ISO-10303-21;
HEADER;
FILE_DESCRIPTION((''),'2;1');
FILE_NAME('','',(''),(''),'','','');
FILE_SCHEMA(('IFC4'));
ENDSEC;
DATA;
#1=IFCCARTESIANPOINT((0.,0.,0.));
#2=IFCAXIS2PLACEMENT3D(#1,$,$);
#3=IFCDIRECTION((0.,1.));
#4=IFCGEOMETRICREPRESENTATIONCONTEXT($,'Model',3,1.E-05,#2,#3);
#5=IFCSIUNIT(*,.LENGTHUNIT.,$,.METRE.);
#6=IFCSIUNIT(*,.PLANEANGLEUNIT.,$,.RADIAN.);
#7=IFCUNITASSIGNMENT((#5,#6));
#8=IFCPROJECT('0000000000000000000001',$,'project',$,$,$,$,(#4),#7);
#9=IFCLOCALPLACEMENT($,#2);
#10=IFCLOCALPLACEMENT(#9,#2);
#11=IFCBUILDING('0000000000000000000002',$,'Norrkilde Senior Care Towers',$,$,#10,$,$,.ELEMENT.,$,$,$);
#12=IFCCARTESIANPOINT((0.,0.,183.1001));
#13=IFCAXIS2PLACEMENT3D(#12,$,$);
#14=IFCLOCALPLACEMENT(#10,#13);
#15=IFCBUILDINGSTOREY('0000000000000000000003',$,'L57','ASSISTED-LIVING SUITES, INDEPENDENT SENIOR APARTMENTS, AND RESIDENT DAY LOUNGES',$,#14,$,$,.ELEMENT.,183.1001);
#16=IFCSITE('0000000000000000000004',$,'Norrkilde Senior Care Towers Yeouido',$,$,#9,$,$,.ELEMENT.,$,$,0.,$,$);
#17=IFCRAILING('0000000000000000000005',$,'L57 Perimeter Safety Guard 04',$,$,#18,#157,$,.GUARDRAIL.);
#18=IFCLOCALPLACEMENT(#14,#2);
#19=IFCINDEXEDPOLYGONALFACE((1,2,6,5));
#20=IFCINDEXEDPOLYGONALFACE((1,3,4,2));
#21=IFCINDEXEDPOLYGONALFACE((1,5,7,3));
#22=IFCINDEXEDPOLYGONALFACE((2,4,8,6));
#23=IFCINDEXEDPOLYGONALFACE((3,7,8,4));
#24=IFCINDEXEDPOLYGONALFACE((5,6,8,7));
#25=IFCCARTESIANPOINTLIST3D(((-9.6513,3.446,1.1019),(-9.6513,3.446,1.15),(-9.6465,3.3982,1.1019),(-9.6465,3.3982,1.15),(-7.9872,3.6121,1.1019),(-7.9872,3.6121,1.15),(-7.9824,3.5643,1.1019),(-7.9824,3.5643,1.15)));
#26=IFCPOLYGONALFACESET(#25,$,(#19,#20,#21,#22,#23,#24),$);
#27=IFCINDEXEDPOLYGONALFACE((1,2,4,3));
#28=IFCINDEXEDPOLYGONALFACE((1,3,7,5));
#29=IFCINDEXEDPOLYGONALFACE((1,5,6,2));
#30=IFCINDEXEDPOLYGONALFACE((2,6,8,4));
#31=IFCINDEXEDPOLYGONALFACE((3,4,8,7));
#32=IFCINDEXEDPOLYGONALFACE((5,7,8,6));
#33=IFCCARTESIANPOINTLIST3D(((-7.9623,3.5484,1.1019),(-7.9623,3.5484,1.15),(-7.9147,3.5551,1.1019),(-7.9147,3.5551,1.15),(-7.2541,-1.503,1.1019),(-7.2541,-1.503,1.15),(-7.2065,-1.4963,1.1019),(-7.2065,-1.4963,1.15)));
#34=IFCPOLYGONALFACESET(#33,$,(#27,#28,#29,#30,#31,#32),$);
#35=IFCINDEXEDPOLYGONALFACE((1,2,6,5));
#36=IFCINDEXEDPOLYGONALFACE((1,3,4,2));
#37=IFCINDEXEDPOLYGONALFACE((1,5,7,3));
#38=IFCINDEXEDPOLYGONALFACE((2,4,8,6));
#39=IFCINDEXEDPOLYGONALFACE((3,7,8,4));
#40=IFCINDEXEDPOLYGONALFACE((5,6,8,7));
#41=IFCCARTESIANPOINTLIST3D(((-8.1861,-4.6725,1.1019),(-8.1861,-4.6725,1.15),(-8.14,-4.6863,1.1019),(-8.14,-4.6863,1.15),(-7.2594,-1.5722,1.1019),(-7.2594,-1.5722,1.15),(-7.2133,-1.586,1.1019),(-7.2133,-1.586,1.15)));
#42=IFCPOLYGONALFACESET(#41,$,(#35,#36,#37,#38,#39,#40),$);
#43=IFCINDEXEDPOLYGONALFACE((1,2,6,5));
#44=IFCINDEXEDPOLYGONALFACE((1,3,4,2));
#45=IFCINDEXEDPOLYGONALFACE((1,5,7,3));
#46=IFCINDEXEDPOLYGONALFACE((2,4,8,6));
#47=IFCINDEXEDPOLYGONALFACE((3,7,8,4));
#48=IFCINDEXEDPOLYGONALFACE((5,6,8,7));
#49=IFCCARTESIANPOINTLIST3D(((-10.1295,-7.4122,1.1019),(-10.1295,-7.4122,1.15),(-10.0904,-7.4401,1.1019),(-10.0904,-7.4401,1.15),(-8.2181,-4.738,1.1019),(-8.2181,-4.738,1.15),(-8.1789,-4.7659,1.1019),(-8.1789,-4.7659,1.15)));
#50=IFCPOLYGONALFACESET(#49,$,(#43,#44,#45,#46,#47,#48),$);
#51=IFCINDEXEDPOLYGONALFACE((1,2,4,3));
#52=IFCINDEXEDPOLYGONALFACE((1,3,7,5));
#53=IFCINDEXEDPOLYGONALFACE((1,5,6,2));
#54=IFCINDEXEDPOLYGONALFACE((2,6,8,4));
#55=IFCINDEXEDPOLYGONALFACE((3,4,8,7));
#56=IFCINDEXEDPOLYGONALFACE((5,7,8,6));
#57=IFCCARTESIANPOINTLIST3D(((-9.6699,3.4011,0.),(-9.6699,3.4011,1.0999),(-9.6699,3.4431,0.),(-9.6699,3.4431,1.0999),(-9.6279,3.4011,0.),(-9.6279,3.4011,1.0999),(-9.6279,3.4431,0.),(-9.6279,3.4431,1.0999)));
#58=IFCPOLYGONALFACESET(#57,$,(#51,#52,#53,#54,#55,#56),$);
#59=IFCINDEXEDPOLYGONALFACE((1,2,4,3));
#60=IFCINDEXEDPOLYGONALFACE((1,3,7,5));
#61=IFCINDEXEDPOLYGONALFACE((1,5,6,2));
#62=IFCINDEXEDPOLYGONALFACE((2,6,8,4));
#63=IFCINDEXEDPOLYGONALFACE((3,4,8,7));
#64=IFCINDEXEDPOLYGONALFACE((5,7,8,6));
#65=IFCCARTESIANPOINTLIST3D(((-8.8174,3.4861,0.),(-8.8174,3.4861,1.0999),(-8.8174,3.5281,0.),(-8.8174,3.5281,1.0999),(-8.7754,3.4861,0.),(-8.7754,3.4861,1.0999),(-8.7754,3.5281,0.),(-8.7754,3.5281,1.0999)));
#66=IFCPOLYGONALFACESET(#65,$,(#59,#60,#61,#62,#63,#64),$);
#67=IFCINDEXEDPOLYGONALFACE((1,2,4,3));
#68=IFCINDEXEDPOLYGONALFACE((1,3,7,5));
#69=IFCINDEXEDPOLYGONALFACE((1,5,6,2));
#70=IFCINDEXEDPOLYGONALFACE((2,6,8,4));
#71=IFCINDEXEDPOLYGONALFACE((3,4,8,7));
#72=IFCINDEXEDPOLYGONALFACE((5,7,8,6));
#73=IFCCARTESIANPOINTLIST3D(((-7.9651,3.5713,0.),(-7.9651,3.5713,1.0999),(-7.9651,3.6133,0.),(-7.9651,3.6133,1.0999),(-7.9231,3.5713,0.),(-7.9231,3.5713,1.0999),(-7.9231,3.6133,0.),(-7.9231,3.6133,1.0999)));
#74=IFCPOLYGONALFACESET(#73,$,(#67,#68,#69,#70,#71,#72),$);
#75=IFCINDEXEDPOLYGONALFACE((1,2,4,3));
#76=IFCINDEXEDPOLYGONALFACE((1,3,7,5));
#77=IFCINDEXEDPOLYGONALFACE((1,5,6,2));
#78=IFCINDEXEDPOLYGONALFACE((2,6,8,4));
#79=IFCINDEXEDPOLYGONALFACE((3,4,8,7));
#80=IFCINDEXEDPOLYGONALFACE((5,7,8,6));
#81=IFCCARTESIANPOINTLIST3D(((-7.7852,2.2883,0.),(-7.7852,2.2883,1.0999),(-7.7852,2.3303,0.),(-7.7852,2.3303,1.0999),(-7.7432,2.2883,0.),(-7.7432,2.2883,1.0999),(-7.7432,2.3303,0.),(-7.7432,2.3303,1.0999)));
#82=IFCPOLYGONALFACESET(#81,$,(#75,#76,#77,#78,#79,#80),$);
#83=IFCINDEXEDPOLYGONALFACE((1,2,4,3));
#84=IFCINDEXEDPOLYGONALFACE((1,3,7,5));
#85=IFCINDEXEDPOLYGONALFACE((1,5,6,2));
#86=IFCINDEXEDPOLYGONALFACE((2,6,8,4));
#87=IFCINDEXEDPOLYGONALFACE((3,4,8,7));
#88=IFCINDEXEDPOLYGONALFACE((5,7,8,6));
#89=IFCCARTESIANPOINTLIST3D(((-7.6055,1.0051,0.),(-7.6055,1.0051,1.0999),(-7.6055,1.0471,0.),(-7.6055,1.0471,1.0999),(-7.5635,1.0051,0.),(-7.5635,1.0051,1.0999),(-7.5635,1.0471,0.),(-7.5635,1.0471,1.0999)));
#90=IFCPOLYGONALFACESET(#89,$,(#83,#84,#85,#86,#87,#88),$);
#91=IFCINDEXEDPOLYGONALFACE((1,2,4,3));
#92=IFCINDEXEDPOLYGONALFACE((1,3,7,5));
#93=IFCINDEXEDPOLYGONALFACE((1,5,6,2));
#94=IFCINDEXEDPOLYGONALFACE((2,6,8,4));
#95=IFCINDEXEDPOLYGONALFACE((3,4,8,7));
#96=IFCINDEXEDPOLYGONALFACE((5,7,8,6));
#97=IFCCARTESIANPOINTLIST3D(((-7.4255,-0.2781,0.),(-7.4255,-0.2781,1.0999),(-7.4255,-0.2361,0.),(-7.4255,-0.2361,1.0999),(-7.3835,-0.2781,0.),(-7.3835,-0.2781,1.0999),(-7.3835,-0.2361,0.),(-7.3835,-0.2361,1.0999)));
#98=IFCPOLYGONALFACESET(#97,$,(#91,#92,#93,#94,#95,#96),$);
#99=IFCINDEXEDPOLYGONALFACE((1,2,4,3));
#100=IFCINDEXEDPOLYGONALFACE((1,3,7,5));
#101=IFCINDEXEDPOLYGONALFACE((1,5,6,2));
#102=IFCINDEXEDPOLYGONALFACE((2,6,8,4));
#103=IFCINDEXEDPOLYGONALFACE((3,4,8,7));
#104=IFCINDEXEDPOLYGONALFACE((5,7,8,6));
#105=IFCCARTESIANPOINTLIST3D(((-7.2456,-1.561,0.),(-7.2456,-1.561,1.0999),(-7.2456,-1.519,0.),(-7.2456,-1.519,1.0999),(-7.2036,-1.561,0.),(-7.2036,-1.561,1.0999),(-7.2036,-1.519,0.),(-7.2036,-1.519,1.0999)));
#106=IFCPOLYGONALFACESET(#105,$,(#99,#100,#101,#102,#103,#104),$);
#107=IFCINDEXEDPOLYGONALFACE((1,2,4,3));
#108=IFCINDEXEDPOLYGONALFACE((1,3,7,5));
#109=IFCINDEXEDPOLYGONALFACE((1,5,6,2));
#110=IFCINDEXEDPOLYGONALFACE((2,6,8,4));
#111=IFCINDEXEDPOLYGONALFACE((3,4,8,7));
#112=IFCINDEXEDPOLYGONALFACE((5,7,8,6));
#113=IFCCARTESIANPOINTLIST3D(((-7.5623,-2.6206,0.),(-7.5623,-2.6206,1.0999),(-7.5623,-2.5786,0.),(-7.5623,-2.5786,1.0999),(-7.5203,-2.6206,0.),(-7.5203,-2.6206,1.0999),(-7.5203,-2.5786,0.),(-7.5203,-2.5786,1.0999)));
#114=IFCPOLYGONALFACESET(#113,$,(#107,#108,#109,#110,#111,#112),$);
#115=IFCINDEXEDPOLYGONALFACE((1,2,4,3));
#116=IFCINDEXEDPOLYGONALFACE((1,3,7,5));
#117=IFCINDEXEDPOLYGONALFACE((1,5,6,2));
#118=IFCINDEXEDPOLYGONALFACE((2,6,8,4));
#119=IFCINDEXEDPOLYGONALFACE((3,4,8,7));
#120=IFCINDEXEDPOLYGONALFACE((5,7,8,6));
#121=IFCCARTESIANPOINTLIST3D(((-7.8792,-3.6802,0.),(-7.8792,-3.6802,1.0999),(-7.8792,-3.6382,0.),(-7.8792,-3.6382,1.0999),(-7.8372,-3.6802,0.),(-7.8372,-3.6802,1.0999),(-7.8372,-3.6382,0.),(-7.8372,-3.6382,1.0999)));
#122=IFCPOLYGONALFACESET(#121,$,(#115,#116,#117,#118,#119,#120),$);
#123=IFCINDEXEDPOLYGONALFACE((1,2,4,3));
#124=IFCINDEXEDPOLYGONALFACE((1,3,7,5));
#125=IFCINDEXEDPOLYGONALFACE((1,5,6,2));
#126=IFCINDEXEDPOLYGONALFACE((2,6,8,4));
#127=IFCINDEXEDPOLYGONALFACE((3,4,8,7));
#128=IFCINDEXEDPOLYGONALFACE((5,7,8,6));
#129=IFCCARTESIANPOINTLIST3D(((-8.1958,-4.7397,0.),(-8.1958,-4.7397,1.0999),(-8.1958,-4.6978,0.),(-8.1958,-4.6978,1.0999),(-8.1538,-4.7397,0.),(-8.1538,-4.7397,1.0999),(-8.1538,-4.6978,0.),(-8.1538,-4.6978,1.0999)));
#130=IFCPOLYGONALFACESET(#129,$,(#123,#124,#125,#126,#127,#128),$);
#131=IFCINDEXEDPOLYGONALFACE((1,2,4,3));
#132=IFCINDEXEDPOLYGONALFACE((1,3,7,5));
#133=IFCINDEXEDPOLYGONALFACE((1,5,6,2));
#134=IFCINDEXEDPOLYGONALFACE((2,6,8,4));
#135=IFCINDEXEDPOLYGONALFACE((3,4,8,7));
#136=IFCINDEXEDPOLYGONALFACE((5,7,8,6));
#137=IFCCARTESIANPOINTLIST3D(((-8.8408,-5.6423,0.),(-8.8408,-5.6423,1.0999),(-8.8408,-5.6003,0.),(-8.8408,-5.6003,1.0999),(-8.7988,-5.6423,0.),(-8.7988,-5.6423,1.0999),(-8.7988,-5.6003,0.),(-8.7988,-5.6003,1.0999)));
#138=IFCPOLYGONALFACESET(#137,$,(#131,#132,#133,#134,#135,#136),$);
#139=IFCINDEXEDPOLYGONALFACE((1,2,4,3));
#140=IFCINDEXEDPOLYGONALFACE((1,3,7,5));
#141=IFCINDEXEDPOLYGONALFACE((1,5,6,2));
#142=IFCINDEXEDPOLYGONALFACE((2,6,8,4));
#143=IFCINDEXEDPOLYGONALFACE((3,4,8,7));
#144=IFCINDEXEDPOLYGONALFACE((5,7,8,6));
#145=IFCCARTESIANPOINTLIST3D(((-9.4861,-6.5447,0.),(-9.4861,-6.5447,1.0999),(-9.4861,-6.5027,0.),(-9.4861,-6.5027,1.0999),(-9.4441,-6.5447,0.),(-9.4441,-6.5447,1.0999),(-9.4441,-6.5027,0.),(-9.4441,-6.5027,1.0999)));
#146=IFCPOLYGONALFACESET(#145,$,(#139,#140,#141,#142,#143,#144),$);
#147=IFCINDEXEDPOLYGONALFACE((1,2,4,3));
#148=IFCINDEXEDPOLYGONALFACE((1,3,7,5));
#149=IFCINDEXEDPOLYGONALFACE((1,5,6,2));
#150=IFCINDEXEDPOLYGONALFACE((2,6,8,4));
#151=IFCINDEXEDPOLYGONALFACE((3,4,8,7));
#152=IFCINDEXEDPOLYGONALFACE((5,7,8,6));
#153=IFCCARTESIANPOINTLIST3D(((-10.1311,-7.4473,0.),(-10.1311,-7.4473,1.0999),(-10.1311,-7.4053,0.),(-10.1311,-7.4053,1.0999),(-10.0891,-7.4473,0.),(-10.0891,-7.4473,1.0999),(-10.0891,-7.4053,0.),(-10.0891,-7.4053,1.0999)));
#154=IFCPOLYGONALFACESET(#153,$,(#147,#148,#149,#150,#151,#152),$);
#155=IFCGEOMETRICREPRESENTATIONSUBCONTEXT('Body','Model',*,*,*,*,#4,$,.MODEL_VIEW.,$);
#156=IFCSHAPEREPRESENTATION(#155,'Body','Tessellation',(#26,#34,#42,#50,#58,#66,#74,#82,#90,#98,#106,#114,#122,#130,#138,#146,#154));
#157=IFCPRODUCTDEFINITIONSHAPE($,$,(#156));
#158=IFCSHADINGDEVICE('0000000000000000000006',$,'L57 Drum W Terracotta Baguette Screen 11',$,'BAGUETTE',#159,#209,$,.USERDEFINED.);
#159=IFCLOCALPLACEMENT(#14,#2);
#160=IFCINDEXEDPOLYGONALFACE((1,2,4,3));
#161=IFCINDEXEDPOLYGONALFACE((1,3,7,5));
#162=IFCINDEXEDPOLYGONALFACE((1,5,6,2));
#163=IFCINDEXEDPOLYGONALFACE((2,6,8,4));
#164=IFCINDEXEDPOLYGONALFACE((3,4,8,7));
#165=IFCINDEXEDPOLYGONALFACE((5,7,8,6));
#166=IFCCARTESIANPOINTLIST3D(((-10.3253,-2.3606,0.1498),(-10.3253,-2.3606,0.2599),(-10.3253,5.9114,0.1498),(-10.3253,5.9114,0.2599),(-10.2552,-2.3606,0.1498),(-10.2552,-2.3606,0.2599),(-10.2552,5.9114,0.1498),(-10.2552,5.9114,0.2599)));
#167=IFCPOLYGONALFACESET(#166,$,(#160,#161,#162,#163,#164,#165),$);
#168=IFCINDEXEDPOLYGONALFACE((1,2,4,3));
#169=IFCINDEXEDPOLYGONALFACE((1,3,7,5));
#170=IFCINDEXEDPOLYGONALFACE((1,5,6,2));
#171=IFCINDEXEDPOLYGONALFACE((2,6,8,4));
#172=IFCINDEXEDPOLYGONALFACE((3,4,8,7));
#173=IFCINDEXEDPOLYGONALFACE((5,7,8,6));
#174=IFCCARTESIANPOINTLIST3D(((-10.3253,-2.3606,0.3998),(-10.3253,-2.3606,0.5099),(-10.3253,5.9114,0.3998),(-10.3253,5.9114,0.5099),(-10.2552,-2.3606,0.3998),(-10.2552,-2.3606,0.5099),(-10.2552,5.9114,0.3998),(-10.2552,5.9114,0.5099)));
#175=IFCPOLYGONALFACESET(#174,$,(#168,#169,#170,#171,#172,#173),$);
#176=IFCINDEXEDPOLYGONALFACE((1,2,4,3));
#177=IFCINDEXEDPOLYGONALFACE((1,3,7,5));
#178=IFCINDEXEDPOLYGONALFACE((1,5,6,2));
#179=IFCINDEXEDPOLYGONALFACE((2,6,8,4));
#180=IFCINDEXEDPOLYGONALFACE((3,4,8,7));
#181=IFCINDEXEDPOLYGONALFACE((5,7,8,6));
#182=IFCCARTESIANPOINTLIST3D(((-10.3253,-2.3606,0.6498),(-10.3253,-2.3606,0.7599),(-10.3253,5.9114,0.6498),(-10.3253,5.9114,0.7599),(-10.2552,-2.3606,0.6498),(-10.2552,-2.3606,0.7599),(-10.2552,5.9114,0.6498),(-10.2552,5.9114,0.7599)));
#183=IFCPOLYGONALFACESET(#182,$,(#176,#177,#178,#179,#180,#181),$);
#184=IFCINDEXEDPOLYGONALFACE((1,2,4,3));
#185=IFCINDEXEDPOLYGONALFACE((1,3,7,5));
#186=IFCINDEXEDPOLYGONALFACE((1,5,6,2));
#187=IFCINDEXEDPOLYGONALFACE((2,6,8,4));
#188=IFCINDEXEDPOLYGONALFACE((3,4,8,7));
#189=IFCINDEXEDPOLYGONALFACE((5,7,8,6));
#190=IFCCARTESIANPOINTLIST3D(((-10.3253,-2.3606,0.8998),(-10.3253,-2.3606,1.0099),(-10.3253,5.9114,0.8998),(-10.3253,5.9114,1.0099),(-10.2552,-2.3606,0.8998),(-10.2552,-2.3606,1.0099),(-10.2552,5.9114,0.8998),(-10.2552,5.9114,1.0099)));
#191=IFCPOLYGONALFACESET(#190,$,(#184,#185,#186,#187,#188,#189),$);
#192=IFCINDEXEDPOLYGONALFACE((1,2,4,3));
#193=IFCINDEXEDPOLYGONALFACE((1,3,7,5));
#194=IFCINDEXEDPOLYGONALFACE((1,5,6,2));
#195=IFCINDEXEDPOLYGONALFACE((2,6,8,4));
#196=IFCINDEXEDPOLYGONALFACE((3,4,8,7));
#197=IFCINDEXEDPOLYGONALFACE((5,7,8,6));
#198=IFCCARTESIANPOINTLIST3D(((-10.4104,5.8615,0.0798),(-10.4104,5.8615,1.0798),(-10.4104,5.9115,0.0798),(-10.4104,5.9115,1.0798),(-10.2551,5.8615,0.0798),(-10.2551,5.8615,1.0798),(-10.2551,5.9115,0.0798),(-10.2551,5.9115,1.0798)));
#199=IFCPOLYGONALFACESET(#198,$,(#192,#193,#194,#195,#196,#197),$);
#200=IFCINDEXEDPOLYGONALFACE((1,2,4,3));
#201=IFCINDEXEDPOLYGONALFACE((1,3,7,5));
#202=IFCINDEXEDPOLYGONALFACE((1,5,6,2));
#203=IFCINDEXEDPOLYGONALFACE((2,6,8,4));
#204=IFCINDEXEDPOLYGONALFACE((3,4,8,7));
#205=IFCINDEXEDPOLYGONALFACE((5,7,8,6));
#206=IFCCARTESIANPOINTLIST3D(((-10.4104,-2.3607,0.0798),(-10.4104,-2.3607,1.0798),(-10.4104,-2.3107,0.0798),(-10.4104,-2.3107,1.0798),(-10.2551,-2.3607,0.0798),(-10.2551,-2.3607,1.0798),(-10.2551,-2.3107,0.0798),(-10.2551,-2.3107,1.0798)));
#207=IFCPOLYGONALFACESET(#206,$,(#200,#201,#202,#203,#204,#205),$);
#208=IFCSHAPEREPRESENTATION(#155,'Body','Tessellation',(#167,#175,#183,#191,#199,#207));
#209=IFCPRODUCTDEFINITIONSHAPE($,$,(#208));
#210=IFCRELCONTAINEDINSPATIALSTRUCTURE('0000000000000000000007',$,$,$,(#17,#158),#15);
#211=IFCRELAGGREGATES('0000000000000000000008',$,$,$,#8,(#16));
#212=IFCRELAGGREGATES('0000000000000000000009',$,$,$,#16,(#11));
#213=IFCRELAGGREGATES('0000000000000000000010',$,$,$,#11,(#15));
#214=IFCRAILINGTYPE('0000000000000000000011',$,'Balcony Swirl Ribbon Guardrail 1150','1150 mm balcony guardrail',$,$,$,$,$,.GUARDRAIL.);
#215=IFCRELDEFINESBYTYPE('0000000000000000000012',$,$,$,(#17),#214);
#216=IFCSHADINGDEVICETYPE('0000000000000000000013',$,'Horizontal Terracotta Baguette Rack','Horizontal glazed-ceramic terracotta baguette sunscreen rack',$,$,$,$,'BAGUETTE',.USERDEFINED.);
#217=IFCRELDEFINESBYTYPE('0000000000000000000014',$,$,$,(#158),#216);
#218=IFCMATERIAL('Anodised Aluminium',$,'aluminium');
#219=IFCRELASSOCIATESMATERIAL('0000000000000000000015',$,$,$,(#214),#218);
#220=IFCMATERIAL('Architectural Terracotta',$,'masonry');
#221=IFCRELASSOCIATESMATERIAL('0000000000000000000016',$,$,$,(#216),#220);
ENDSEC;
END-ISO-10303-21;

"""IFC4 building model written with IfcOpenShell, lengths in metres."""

from ifc_helpers import new_model, si_unit, direction, frame, origin, origin_2d, place, context, subcontext, project, spatial, rectangle, extrude, source, transform, mapped, material, type_object, type_shapes, element, save


model = new_model("IFC4")

# Units and contexts
model_context = context("Model", 3, precision=1e-05, world=origin(), true_north=direction((0.0, 1.0)))
body_context = subcontext(model_context, "Body", "Model", "MODEL_VIEW")
ifc_project = project(units=[si_unit("LENGTHUNIT", "METRE"), si_unit("PLANEANGLEUNIT", "RADIAN")], contexts=[model_context])

# Site, building, storey
site_placement = place(None, origin())
site = spatial("IfcSite", under=ifc_project, at=site_placement, Name="Norrkilde Senior Care Towers Yeouido", CompositionType="ELEMENT", RefElevation=0.0)
building_placement = place(site_placement, origin())
building = spatial("IfcBuilding", under=site, at=building_placement, Name="Norrkilde Senior Care Towers", CompositionType="ELEMENT")
storey_placement = place(building_placement, frame((0.0, 0.0, 183.1001)))
storey = spatial("IfcBuildingStorey", under=building, at=storey_placement, Name="L57", Description="ASSISTED-LIVING SUITES, INDEPENDENT SENIOR APARTMENTS, AND RESIDENT DAY LOUNGES", CompositionType="ELEMENT", Elevation=183.1001)

# Shared definitions
ifc_material_1 = material(Name="Anodised Aluminium", Category="aluminium")

# Railing
railing_type = type_object("IfcRailingType", Name="Balcony Swirl Ribbon Guardrail 1150", Description="1150 mm balcony guardrail", PredefinedType="GUARDRAIL", material=ifc_material_1)
railing_placement = place(storey_placement, frame((-9.6489, 3.4221, 0.0)))
element("IfcRailing", 1, at=railing_placement, inside=storey, type_object=railing_type, Name="L57 Perimeter Safety Guard 04", PredefinedType="GUARDRAIL", context=body_context, shape_type="SweptSolid", body=[
    extrude(rectangle(XDim=0.0481, YDim=0.0481, at=origin_2d()), frame((0.0, 0.0, 1.126), z_axis=(0.995056, 0.09932, 0.0), x_axis=(-0.09932, 0.995056, 0.0)), (0.0, 0.0, 1.0), 1.6724),
    extrude(rectangle(XDim=0.0481, YDim=0.0481, at=origin_2d()), frame((1.7104, 0.1296, 1.126), z_axis=(0.138829, -0.990316, 0.0), x_axis=(0.990316, 0.138829, 0.0)), (0.0, 0.0, 1.0), 5.1008),
    extrude(rectangle(XDim=0.0481, YDim=0.0481, at=origin_2d()), frame((2.4126, -5.0012, 1.126), z_axis=(-0.286403, -0.958109, 0.0), x_axis=(0.958109, -0.286403, 0.0)), (0.0, 0.0, 1.0), 3.2358),
    extrude(rectangle(XDim=0.0481, YDim=0.0481, at=origin_2d()), frame((1.4504, -8.1741, 1.126), z_axis=(-0.581509, -0.81354, 0.0), x_axis=(0.81354, -0.581509, 0.0)), (0.0, 0.0, 1.0), 3.2871),
    extrude(rectangle(XDim=0.042, YDim=0.042, at=origin_2d()), origin(), (0.0, 0.0, 1.0), 1.0999),
    extrude(rectangle(XDim=0.042, YDim=0.042, at=origin_2d()), frame((0.8525, 0.085, 0.0)), (0.0, 0.0, 1.0), 1.0999),
    extrude(rectangle(XDim=0.042, YDim=0.042, at=origin_2d()), frame((1.7048, 0.1702, 0.0)), (0.0, 0.0, 1.0), 1.0999),
    extrude(rectangle(XDim=0.042, YDim=0.042, at=origin_2d()), frame((1.8848, -1.1128, 0.0)), (0.0, 0.0, 1.0), 1.0999),
    extrude(rectangle(XDim=0.042, YDim=0.042, at=origin_2d()), frame((2.0645, -2.396, 0.0)), (0.0, 0.0, 1.0), 1.0999),
    extrude(rectangle(XDim=0.042, YDim=0.042, at=origin_2d()), frame((2.2444, -3.6792, 0.0)), (0.0, 0.0, 1.0), 1.0999),
    extrude(rectangle(XDim=0.042, YDim=0.042, at=origin_2d()), frame((2.4243, -4.9622, 0.0)), (0.0, 0.0, 1.0), 1.0999),
    extrude(rectangle(XDim=0.042, YDim=0.042, at=origin_2d()), frame((2.1077, -6.0217, 0.0)), (0.0, 0.0, 1.0), 1.0999),
    extrude(rectangle(XDim=0.042, YDim=0.042, at=origin_2d()), frame((1.7908, -7.0813, 0.0)), (0.0, 0.0, 1.0), 1.0999),
    extrude(rectangle(XDim=0.042, YDim=0.042, at=origin_2d()), frame((1.4741, -8.1409, 0.0)), (0.0, 0.0, 1.0), 1.0999),
    extrude(rectangle(XDim=0.042, YDim=0.042, at=origin_2d()), frame((0.8291, -9.0435, 0.0)), (0.0, 0.0, 1.0), 1.0999),
    extrude(rectangle(XDim=0.042, YDim=0.042, at=origin_2d()), frame((0.1838, -9.9458, 0.0)), (0.0, 0.0, 1.0), 1.0999),
    extrude(rectangle(XDim=0.042, YDim=0.042, at=origin_2d()), frame((-0.4612, -10.8484, 0.0)), (0.0, 0.0, 1.0), 1.0999),
])

# Shading device
ifc_material_2 = material(Name="Architectural Terracotta", Category="masonry")
shading_device_type = type_object("IfcShadingDeviceType", Name="Horizontal Terracotta Baguette Rack", Description="Horizontal glazed-ceramic terracotta baguette sunscreen rack", ElementType="BAGUETTE", PredefinedType="USERDEFINED", material=ifc_material_2)
shared_shape_1 = source(origin(), body_context, "Body", "SweptSolid", [
    extrude(rectangle(XDim=0.0701, YDim=0.1101, at=origin_2d()), frame((0.0, 0.0901, 0.125), z_axis=(1.0, 0.0, 0.0), x_axis=(0.0, 1.0, 0.0)), (0.0, 0.0, 1.0), 8.272),
    extrude(rectangle(XDim=0.0701, YDim=0.1101, at=origin_2d()), frame((0.0, 0.0901, 0.375), z_axis=(1.0, 0.0, 0.0), x_axis=(0.0, 1.0, 0.0)), (0.0, 0.0, 1.0), 8.272),
    extrude(rectangle(XDim=0.0701, YDim=0.1101, at=origin_2d()), frame((0.0, 0.0901, 0.625), z_axis=(1.0, 0.0, 0.0), x_axis=(0.0, 1.0, 0.0)), (0.0, 0.0, 1.0), 8.272),
    extrude(rectangle(XDim=0.0701, YDim=0.1101, at=origin_2d()), frame((0.0, 0.0901, 0.875), z_axis=(1.0, 0.0, 0.0), x_axis=(0.0, 1.0, 0.0)), (0.0, 0.0, 1.0), 8.272),
    extrude(rectangle(XDim=0.05, YDim=0.1553, at=origin_2d()), frame((0.0249, 0.0476, 0.0)), (0.0, 0.0, 1.0), 1.0),
    extrude(rectangle(XDim=0.05, YDim=0.1553, at=origin_2d()), frame((8.2471, 0.0476, 0.0)), (0.0, 0.0, 1.0), 1.0),
])
type_shapes(shading_device_type, [shared_shape_1])
shading_device_placement = place(storey_placement, frame((-10.3804, 5.9114, 0.0798), z_axis=(0.0, 0.0, 1.0), x_axis=(0.0, -1.0, 0.0)))
element("IfcShadingDevice", 2, at=shading_device_placement, inside=storey, type_object=shading_device_type, Name="L57 Drum W Terracotta Baguette Screen 11", ObjectType="BAGUETTE", PredefinedType="USERDEFINED", context=body_context, shape_type="MappedRepresentation", body=[
    mapped(shared_shape_1, transform((0.0, 0.0, 0.0), x_axis=(1.0, 0.0, 0.0), y_axis=(0.0, 1.0, 0.0), z_axis=(0.0, 0.0, 1.0), scale=1.0)),
])

save(model, "model.ifc")
